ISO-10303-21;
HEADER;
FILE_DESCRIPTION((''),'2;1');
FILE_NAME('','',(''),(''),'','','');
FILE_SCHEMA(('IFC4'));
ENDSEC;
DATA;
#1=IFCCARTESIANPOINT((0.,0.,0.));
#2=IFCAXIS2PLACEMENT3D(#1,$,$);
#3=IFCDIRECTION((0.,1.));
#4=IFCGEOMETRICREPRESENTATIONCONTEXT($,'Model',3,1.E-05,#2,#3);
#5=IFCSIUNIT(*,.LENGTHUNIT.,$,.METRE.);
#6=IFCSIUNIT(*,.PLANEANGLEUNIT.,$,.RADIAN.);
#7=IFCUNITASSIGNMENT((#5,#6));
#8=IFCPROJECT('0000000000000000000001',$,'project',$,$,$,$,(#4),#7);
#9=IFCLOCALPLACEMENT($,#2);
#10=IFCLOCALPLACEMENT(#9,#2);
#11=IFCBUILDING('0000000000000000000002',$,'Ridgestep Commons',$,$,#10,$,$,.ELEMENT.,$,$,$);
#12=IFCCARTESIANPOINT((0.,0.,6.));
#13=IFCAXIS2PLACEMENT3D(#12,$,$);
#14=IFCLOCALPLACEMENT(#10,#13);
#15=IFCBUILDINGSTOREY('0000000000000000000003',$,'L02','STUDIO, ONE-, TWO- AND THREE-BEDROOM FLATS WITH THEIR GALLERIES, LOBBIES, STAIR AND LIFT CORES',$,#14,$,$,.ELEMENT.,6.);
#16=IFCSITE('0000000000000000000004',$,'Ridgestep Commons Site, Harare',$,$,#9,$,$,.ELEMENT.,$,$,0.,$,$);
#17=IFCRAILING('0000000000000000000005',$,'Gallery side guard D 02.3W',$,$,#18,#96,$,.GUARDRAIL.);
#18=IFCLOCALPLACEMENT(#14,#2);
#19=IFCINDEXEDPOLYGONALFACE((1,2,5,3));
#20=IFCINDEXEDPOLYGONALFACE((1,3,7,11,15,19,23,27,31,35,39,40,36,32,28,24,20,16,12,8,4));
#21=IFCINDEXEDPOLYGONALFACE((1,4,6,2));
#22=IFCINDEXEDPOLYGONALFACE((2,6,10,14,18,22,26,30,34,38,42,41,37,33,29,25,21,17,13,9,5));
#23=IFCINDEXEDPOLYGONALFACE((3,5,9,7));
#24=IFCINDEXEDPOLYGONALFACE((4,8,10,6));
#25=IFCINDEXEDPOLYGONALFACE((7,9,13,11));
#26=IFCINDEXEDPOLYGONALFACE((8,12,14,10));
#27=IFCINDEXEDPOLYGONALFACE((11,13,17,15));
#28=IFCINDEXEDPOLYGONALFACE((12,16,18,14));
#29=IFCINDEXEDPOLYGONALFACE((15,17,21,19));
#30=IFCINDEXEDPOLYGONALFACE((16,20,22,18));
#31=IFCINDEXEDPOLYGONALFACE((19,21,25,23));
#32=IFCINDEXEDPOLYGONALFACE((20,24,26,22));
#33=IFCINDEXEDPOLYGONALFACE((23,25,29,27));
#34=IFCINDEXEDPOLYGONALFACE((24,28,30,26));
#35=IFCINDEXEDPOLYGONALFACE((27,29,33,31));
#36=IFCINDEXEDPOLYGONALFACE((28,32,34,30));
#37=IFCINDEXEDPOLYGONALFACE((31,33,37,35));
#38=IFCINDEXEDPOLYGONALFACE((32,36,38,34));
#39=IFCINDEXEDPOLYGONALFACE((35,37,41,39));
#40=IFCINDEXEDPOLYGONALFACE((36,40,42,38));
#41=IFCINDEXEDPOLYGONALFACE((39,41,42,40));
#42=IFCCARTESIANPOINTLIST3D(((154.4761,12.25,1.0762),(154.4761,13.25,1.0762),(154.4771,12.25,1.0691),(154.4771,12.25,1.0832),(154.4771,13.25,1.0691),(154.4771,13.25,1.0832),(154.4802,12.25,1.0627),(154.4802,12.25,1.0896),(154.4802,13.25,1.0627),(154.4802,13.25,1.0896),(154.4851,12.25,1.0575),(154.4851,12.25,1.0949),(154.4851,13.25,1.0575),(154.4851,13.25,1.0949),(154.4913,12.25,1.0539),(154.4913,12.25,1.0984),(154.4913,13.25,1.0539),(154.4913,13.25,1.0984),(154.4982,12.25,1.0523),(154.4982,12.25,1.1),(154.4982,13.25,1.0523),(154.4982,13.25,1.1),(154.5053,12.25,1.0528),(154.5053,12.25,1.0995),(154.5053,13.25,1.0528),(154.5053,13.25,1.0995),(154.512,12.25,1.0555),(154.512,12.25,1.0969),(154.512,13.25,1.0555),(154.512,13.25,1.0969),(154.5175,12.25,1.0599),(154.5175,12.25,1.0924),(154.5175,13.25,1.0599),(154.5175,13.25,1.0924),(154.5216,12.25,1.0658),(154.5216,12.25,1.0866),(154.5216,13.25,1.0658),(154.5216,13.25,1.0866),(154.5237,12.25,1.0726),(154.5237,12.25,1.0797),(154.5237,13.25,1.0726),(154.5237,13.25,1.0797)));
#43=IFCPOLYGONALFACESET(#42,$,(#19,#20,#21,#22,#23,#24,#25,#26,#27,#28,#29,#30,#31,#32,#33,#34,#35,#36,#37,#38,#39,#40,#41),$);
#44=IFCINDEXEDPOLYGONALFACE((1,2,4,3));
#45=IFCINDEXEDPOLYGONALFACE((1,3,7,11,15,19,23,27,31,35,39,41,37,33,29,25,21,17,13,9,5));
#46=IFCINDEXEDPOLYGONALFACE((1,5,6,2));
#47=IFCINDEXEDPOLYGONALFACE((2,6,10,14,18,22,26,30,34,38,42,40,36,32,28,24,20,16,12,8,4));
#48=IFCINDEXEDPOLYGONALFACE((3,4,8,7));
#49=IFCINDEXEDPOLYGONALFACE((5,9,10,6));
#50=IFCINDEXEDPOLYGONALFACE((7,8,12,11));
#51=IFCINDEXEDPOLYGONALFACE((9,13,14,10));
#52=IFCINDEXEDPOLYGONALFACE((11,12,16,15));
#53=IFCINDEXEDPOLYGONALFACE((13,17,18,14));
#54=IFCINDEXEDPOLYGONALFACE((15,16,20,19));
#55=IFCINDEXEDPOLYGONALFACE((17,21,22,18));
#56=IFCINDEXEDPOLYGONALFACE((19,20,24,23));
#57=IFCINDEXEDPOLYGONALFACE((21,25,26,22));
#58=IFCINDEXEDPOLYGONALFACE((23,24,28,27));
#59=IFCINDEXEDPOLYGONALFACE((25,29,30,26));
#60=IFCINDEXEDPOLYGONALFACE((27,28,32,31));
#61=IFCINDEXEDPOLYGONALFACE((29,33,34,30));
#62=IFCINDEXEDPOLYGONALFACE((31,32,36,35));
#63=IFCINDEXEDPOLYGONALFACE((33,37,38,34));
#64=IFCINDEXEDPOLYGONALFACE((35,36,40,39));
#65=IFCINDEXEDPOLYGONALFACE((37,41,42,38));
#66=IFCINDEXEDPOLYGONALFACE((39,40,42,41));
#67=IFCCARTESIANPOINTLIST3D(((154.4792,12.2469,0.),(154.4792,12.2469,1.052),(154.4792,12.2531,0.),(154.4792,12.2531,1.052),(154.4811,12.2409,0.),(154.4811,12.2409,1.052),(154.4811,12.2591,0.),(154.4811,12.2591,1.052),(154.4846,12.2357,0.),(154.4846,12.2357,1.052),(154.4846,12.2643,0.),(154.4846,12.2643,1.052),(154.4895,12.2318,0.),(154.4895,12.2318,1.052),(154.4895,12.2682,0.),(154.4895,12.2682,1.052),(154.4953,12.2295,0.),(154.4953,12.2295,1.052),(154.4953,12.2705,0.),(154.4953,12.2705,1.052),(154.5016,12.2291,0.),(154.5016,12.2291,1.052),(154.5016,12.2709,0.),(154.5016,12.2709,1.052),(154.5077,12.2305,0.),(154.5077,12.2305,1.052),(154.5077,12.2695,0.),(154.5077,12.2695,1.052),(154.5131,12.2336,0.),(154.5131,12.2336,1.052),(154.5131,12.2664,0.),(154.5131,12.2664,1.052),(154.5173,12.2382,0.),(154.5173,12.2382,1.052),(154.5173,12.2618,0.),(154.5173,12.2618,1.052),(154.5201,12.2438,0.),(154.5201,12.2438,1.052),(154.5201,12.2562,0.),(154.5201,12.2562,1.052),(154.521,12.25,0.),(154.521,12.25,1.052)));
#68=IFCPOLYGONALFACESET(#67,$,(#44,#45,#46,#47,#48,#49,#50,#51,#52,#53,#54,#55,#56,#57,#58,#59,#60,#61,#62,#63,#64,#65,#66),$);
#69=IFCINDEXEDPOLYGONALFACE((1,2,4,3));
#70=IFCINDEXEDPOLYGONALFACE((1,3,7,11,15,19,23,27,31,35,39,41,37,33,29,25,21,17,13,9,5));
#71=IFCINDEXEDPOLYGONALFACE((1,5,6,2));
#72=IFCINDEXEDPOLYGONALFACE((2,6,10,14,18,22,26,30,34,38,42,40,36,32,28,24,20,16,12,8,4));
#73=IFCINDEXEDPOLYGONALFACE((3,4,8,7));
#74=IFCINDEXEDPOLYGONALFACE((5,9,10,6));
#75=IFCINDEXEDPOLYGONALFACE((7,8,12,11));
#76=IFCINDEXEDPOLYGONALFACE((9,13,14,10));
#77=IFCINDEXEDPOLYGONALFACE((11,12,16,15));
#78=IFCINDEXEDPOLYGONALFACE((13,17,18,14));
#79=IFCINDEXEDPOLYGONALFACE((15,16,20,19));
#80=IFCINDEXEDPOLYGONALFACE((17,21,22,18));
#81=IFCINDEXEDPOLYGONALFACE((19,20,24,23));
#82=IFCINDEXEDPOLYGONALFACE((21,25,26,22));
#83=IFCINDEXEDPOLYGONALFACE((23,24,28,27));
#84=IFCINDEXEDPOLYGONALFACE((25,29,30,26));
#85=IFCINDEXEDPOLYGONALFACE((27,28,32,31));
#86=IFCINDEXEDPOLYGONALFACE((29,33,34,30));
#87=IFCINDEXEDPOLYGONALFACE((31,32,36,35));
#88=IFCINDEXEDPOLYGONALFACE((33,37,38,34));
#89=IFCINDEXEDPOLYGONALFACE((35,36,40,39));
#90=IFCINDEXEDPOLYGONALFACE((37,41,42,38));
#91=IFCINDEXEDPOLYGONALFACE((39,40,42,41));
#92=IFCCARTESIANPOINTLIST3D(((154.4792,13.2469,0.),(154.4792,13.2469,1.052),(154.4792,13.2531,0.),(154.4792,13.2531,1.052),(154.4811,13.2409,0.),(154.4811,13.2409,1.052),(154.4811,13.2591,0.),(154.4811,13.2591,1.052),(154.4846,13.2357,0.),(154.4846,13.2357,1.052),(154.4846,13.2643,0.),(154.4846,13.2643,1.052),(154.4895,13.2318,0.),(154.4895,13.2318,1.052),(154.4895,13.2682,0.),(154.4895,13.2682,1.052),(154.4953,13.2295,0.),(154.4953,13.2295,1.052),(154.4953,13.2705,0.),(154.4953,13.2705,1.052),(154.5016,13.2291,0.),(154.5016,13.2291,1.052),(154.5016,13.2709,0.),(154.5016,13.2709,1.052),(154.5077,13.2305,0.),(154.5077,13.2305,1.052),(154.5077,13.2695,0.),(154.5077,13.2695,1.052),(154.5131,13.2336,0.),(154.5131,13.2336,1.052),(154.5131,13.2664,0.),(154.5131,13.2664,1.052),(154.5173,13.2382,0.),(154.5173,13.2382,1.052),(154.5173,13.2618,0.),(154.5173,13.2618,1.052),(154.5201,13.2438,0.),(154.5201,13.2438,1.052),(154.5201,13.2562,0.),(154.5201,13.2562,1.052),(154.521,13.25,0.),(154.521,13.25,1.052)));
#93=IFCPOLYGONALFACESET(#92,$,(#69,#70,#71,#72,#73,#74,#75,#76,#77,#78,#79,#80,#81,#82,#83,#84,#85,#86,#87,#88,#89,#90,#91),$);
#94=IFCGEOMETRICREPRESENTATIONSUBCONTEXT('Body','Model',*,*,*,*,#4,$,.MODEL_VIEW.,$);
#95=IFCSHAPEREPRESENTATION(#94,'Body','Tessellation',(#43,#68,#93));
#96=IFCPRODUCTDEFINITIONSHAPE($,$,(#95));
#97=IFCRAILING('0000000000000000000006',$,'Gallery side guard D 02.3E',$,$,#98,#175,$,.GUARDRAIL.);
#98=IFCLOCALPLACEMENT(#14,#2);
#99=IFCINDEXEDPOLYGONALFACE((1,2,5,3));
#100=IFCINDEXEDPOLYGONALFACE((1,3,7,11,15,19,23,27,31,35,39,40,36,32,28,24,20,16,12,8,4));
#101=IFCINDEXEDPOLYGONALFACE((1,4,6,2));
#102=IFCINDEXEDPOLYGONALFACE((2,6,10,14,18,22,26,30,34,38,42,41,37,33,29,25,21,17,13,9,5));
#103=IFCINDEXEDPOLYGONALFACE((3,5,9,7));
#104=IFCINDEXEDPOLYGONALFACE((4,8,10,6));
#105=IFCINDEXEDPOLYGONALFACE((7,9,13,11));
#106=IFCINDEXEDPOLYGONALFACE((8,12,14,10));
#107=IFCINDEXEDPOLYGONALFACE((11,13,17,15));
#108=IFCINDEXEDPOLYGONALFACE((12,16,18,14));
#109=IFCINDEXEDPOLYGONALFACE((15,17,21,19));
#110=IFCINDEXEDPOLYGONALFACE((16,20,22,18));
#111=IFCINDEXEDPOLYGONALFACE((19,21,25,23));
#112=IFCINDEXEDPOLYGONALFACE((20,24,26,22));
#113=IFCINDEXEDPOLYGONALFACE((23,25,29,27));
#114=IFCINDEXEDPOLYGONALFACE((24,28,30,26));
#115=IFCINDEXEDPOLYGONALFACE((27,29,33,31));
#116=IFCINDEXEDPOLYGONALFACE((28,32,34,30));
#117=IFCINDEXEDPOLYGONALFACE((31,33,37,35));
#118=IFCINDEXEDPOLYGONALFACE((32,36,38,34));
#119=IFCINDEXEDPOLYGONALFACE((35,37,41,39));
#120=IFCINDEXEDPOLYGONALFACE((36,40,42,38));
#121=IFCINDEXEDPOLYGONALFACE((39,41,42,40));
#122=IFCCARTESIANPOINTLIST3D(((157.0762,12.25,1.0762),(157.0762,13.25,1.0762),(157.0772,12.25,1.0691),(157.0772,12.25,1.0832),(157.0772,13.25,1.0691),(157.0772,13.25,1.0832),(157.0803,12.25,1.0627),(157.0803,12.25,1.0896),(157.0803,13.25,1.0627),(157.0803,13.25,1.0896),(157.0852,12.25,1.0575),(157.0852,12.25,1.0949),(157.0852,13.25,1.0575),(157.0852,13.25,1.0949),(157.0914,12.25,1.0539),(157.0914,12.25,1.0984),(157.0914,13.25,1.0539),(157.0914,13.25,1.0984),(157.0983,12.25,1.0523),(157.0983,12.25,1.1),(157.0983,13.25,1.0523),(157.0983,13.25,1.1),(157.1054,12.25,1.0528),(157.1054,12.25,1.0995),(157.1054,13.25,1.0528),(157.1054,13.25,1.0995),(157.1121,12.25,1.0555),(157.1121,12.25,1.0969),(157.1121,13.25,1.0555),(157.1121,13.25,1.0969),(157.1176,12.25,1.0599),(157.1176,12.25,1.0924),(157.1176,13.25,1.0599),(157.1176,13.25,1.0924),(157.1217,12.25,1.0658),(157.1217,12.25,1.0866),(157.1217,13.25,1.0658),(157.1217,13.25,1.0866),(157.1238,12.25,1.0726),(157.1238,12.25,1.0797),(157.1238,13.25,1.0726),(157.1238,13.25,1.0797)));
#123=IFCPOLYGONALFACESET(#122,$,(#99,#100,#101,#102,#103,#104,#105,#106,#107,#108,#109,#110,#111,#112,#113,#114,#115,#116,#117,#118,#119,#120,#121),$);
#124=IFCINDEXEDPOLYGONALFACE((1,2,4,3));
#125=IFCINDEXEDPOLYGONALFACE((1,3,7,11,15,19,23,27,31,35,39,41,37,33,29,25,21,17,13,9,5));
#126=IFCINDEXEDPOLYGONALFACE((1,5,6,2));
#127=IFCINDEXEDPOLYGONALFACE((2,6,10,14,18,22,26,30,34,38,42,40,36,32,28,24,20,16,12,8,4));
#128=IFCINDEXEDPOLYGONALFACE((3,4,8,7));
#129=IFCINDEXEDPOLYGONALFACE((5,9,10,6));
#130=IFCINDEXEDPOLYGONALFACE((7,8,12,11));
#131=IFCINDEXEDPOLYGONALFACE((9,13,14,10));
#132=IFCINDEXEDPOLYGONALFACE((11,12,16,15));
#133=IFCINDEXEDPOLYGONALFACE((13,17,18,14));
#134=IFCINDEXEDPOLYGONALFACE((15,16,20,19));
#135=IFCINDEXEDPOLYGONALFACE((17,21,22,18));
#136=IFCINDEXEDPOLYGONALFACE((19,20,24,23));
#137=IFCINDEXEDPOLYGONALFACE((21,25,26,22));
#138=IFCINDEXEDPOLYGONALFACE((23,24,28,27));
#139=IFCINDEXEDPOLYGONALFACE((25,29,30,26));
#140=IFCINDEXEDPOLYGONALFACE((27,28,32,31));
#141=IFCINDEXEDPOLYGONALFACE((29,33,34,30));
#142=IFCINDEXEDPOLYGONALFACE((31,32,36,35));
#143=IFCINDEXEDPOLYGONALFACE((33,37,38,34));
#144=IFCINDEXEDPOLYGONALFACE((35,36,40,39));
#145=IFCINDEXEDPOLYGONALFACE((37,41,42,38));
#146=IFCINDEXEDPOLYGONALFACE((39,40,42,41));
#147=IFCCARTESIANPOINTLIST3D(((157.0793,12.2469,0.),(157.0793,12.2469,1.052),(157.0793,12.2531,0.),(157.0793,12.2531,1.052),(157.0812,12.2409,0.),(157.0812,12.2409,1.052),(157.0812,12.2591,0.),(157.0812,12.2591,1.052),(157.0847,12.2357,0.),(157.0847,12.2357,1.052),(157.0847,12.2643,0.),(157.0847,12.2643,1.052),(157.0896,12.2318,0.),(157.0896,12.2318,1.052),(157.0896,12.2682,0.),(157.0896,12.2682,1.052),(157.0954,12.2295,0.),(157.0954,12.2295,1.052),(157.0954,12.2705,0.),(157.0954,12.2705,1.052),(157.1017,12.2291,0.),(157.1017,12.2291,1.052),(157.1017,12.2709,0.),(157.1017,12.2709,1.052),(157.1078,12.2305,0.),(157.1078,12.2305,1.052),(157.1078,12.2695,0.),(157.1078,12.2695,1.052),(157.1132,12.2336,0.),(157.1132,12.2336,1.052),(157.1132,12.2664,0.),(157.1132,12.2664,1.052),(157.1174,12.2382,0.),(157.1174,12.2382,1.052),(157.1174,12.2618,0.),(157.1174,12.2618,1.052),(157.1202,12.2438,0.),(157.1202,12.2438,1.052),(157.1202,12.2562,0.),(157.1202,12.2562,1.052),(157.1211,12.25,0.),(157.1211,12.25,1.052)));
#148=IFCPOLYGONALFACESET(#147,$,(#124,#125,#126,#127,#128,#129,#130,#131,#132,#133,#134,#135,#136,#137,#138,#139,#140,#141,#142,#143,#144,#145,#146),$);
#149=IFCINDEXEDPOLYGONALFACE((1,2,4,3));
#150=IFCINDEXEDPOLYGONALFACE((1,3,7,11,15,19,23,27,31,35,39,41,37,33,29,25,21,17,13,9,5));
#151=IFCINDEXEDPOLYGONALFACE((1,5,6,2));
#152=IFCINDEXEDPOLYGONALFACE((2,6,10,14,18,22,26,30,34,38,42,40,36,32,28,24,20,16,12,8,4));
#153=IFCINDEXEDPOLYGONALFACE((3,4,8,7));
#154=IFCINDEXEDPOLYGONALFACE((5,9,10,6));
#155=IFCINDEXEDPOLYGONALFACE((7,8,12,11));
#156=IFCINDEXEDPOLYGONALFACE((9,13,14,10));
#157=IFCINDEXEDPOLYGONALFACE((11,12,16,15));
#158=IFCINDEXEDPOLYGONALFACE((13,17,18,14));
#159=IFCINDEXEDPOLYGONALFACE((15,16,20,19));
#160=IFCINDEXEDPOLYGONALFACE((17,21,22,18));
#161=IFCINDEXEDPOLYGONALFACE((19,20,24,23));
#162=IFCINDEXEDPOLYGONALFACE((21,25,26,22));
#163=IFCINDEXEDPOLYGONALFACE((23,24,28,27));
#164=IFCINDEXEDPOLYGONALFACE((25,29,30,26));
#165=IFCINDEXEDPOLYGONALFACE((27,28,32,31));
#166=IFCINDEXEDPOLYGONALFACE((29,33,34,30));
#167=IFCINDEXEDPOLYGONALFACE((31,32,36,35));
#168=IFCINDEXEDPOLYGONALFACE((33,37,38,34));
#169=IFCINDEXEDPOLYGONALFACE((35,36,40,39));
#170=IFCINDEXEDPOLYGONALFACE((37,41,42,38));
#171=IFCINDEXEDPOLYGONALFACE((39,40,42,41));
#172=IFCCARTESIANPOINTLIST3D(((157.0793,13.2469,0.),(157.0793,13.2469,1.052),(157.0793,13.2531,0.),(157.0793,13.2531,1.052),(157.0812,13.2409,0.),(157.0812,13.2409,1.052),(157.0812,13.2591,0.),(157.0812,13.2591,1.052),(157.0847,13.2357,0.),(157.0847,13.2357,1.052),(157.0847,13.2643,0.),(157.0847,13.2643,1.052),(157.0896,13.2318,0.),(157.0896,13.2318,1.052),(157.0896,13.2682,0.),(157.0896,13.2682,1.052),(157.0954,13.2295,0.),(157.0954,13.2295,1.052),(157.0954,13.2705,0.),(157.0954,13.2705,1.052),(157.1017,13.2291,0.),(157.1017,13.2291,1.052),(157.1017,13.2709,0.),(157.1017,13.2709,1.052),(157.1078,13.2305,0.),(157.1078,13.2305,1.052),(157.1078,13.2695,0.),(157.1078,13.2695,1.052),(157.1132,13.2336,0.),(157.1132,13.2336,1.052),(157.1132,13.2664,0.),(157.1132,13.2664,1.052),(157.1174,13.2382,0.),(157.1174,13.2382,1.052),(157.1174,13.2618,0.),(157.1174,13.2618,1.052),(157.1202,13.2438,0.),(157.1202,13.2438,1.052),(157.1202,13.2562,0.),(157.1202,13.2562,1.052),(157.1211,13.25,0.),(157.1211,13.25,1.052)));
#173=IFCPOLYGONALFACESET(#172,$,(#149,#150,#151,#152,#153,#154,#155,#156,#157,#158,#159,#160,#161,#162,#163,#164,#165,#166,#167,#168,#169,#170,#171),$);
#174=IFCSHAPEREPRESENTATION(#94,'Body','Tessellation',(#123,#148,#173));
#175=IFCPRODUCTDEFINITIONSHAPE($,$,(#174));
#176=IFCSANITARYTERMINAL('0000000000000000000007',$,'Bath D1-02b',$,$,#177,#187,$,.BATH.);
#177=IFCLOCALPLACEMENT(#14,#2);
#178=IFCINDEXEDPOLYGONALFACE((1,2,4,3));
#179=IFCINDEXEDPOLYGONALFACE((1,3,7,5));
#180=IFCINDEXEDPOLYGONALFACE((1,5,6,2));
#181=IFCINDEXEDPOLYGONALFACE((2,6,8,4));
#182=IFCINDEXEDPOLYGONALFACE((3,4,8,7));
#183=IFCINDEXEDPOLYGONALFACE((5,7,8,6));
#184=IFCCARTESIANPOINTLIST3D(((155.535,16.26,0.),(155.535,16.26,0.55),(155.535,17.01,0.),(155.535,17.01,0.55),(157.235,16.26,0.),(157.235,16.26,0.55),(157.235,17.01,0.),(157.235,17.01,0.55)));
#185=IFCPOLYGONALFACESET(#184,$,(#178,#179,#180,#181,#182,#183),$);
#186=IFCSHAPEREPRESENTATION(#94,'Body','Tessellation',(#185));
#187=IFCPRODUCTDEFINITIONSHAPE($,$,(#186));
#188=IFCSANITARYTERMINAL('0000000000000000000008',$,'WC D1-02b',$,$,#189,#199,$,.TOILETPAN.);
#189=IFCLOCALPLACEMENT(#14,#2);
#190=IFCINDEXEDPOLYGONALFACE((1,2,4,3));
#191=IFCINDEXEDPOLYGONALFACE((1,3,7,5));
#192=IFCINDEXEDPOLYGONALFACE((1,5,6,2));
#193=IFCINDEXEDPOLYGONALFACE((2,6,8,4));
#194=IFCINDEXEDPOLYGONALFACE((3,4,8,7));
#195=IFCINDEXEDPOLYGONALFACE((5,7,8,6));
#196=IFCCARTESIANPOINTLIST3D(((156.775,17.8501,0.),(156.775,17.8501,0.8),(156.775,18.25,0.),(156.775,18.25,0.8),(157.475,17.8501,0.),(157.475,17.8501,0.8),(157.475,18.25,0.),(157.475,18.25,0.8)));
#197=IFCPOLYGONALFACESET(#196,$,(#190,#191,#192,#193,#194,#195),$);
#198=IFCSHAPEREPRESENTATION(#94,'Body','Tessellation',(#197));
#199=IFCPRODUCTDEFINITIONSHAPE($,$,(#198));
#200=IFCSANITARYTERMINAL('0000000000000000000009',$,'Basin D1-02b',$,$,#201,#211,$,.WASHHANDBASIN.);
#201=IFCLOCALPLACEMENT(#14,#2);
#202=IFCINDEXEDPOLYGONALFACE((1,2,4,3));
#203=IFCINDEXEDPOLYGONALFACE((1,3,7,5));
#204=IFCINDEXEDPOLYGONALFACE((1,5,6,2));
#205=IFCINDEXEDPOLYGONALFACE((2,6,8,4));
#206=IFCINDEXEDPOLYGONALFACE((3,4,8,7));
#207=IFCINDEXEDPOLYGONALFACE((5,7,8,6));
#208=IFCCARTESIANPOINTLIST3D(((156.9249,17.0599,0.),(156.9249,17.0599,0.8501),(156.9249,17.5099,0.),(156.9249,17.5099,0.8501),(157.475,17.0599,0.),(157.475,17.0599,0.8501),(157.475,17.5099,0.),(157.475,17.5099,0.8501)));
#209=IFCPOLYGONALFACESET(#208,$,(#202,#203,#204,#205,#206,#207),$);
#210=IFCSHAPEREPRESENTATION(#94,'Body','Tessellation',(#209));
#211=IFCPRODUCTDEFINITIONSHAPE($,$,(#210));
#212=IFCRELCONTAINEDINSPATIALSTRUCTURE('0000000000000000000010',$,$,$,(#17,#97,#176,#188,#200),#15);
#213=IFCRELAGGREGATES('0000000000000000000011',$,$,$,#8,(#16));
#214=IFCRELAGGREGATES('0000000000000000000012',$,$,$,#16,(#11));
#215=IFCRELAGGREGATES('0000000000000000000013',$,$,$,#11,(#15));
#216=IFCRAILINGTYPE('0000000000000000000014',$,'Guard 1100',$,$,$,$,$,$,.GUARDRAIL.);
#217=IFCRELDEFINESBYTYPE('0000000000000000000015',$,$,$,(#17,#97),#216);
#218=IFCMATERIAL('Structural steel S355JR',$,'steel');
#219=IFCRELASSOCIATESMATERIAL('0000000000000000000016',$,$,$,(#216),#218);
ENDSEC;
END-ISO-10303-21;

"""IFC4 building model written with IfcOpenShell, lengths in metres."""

from ifc_helpers import new_model, si_unit, direction, frame, origin, origin_2d, place, context, subcontext, project, spatial, rectangle, circle, extrude, material, type_object, element, save


model = new_model("IFC4")

# Units and contexts
model_context = context("Model", 3, precision=1e-05, world=origin(), true_north=direction((0.0, 1.0)))
body_context = subcontext(model_context, "Body", "Model", "MODEL_VIEW")
ifc_project = project(units=[si_unit("LENGTHUNIT", "METRE"), si_unit("PLANEANGLEUNIT", "RADIAN")], contexts=[model_context])

# Site, building, storey
site_placement = place(None, origin())
site = spatial("IfcSite", under=ifc_project, at=site_placement, Name="Ridgestep Commons Site, Harare", CompositionType="ELEMENT", RefElevation=0.0)
building_placement = place(site_placement, origin())
building = spatial("IfcBuilding", under=site, at=building_placement, Name="Ridgestep Commons", CompositionType="ELEMENT")
storey_placement = place(building_placement, frame((0.0, 0.0, 6.0)))
storey = spatial("IfcBuildingStorey", under=building, at=storey_placement, Name="L02", Description="STUDIO, ONE-, TWO- AND THREE-BEDROOM FLATS WITH THEIR GALLERIES, LOBBIES, STAIR AND LIFT CORES", CompositionType="ELEMENT", Elevation=6.0)

# Railings
ifc_material_1 = material(Name="Structural steel S355JR", Category="steel")
railing_type = type_object("IfcRailingType", Name="Guard 1100", PredefinedType="GUARDRAIL", material=ifc_material_1)
for number, where, name in (
    (1, (154.5, 12.25, 0.0), "Gallery side guard D 02.3W"),
    (2, (157.1001, 12.25, 0.0), "Gallery side guard D 02.3E"),
):
    element("IfcRailing", number, at=place(storey_placement, frame(where)), inside=storey, type_object=railing_type, Name=name, PredefinedType="GUARDRAIL", context=body_context, shape_type="SweptSolid", body=[
        extrude(circle(Radius=0.0239, at=origin_2d()), frame((0.0, 0.0, 1.0762), z_axis=(0.0, 1.0, 0.0), x_axis=(-1.0, 0.0, 0.0)), (0.0, 0.0, 1.0), 1.0),
        extrude(circle(Radius=0.021, at=origin_2d()), origin(), (0.0, 0.0, 1.0), 1.052),
        extrude(circle(Radius=0.021, at=origin_2d()), frame((0.0, 1.0, 0.0)), (0.0, 0.0, 1.0), 1.052),
    ])

# Sanitary terminals
sanitary_terminal_1_placement = place(storey_placement, frame((156.385, 16.635, 0.0), z_axis=(0.0, 0.0, 1.0), x_axis=(1.0, 0.0, 0.0)))
element("IfcSanitaryTerminal", 3, at=sanitary_terminal_1_placement, inside=storey, Name="Bath D1-02b", PredefinedType="BATH", context=body_context, shape_type="SweptSolid", body=[
    extrude(rectangle(XDim=1.7, YDim=0.75, at=origin_2d()), origin(), (0.0, 0.0, 1.0), 0.55),
])
sanitary_terminal_2_placement = place(storey_placement, frame((157.125, 18.05, 0.0), z_axis=(0.0, 0.0, 1.0), x_axis=(1.0, 0.0, 0.0)))
element("IfcSanitaryTerminal", 4, at=sanitary_terminal_2_placement, inside=storey, Name="WC D1-02b", PredefinedType="TOILETPAN", context=body_context, shape_type="SweptSolid", body=[
    extrude(rectangle(XDim=0.7, YDim=0.3999, at=origin_2d()), origin(), (0.0, 0.0, 1.0), 0.8),
])
sanitary_terminal_3_placement = place(storey_placement, frame((157.2, 17.2849, 0.0), z_axis=(0.0, 0.0, 1.0), x_axis=(1.0, 0.0, 0.0)))
element("IfcSanitaryTerminal", 5, at=sanitary_terminal_3_placement, inside=storey, Name="Basin D1-02b", PredefinedType="WASHHANDBASIN", context=body_context, shape_type="SweptSolid", body=[
    extrude(rectangle(XDim=0.55, YDim=0.45, at=origin_2d()), origin(), (0.0, 0.0, 1.0), 0.8501),
])

save(model, "model.ifc")
